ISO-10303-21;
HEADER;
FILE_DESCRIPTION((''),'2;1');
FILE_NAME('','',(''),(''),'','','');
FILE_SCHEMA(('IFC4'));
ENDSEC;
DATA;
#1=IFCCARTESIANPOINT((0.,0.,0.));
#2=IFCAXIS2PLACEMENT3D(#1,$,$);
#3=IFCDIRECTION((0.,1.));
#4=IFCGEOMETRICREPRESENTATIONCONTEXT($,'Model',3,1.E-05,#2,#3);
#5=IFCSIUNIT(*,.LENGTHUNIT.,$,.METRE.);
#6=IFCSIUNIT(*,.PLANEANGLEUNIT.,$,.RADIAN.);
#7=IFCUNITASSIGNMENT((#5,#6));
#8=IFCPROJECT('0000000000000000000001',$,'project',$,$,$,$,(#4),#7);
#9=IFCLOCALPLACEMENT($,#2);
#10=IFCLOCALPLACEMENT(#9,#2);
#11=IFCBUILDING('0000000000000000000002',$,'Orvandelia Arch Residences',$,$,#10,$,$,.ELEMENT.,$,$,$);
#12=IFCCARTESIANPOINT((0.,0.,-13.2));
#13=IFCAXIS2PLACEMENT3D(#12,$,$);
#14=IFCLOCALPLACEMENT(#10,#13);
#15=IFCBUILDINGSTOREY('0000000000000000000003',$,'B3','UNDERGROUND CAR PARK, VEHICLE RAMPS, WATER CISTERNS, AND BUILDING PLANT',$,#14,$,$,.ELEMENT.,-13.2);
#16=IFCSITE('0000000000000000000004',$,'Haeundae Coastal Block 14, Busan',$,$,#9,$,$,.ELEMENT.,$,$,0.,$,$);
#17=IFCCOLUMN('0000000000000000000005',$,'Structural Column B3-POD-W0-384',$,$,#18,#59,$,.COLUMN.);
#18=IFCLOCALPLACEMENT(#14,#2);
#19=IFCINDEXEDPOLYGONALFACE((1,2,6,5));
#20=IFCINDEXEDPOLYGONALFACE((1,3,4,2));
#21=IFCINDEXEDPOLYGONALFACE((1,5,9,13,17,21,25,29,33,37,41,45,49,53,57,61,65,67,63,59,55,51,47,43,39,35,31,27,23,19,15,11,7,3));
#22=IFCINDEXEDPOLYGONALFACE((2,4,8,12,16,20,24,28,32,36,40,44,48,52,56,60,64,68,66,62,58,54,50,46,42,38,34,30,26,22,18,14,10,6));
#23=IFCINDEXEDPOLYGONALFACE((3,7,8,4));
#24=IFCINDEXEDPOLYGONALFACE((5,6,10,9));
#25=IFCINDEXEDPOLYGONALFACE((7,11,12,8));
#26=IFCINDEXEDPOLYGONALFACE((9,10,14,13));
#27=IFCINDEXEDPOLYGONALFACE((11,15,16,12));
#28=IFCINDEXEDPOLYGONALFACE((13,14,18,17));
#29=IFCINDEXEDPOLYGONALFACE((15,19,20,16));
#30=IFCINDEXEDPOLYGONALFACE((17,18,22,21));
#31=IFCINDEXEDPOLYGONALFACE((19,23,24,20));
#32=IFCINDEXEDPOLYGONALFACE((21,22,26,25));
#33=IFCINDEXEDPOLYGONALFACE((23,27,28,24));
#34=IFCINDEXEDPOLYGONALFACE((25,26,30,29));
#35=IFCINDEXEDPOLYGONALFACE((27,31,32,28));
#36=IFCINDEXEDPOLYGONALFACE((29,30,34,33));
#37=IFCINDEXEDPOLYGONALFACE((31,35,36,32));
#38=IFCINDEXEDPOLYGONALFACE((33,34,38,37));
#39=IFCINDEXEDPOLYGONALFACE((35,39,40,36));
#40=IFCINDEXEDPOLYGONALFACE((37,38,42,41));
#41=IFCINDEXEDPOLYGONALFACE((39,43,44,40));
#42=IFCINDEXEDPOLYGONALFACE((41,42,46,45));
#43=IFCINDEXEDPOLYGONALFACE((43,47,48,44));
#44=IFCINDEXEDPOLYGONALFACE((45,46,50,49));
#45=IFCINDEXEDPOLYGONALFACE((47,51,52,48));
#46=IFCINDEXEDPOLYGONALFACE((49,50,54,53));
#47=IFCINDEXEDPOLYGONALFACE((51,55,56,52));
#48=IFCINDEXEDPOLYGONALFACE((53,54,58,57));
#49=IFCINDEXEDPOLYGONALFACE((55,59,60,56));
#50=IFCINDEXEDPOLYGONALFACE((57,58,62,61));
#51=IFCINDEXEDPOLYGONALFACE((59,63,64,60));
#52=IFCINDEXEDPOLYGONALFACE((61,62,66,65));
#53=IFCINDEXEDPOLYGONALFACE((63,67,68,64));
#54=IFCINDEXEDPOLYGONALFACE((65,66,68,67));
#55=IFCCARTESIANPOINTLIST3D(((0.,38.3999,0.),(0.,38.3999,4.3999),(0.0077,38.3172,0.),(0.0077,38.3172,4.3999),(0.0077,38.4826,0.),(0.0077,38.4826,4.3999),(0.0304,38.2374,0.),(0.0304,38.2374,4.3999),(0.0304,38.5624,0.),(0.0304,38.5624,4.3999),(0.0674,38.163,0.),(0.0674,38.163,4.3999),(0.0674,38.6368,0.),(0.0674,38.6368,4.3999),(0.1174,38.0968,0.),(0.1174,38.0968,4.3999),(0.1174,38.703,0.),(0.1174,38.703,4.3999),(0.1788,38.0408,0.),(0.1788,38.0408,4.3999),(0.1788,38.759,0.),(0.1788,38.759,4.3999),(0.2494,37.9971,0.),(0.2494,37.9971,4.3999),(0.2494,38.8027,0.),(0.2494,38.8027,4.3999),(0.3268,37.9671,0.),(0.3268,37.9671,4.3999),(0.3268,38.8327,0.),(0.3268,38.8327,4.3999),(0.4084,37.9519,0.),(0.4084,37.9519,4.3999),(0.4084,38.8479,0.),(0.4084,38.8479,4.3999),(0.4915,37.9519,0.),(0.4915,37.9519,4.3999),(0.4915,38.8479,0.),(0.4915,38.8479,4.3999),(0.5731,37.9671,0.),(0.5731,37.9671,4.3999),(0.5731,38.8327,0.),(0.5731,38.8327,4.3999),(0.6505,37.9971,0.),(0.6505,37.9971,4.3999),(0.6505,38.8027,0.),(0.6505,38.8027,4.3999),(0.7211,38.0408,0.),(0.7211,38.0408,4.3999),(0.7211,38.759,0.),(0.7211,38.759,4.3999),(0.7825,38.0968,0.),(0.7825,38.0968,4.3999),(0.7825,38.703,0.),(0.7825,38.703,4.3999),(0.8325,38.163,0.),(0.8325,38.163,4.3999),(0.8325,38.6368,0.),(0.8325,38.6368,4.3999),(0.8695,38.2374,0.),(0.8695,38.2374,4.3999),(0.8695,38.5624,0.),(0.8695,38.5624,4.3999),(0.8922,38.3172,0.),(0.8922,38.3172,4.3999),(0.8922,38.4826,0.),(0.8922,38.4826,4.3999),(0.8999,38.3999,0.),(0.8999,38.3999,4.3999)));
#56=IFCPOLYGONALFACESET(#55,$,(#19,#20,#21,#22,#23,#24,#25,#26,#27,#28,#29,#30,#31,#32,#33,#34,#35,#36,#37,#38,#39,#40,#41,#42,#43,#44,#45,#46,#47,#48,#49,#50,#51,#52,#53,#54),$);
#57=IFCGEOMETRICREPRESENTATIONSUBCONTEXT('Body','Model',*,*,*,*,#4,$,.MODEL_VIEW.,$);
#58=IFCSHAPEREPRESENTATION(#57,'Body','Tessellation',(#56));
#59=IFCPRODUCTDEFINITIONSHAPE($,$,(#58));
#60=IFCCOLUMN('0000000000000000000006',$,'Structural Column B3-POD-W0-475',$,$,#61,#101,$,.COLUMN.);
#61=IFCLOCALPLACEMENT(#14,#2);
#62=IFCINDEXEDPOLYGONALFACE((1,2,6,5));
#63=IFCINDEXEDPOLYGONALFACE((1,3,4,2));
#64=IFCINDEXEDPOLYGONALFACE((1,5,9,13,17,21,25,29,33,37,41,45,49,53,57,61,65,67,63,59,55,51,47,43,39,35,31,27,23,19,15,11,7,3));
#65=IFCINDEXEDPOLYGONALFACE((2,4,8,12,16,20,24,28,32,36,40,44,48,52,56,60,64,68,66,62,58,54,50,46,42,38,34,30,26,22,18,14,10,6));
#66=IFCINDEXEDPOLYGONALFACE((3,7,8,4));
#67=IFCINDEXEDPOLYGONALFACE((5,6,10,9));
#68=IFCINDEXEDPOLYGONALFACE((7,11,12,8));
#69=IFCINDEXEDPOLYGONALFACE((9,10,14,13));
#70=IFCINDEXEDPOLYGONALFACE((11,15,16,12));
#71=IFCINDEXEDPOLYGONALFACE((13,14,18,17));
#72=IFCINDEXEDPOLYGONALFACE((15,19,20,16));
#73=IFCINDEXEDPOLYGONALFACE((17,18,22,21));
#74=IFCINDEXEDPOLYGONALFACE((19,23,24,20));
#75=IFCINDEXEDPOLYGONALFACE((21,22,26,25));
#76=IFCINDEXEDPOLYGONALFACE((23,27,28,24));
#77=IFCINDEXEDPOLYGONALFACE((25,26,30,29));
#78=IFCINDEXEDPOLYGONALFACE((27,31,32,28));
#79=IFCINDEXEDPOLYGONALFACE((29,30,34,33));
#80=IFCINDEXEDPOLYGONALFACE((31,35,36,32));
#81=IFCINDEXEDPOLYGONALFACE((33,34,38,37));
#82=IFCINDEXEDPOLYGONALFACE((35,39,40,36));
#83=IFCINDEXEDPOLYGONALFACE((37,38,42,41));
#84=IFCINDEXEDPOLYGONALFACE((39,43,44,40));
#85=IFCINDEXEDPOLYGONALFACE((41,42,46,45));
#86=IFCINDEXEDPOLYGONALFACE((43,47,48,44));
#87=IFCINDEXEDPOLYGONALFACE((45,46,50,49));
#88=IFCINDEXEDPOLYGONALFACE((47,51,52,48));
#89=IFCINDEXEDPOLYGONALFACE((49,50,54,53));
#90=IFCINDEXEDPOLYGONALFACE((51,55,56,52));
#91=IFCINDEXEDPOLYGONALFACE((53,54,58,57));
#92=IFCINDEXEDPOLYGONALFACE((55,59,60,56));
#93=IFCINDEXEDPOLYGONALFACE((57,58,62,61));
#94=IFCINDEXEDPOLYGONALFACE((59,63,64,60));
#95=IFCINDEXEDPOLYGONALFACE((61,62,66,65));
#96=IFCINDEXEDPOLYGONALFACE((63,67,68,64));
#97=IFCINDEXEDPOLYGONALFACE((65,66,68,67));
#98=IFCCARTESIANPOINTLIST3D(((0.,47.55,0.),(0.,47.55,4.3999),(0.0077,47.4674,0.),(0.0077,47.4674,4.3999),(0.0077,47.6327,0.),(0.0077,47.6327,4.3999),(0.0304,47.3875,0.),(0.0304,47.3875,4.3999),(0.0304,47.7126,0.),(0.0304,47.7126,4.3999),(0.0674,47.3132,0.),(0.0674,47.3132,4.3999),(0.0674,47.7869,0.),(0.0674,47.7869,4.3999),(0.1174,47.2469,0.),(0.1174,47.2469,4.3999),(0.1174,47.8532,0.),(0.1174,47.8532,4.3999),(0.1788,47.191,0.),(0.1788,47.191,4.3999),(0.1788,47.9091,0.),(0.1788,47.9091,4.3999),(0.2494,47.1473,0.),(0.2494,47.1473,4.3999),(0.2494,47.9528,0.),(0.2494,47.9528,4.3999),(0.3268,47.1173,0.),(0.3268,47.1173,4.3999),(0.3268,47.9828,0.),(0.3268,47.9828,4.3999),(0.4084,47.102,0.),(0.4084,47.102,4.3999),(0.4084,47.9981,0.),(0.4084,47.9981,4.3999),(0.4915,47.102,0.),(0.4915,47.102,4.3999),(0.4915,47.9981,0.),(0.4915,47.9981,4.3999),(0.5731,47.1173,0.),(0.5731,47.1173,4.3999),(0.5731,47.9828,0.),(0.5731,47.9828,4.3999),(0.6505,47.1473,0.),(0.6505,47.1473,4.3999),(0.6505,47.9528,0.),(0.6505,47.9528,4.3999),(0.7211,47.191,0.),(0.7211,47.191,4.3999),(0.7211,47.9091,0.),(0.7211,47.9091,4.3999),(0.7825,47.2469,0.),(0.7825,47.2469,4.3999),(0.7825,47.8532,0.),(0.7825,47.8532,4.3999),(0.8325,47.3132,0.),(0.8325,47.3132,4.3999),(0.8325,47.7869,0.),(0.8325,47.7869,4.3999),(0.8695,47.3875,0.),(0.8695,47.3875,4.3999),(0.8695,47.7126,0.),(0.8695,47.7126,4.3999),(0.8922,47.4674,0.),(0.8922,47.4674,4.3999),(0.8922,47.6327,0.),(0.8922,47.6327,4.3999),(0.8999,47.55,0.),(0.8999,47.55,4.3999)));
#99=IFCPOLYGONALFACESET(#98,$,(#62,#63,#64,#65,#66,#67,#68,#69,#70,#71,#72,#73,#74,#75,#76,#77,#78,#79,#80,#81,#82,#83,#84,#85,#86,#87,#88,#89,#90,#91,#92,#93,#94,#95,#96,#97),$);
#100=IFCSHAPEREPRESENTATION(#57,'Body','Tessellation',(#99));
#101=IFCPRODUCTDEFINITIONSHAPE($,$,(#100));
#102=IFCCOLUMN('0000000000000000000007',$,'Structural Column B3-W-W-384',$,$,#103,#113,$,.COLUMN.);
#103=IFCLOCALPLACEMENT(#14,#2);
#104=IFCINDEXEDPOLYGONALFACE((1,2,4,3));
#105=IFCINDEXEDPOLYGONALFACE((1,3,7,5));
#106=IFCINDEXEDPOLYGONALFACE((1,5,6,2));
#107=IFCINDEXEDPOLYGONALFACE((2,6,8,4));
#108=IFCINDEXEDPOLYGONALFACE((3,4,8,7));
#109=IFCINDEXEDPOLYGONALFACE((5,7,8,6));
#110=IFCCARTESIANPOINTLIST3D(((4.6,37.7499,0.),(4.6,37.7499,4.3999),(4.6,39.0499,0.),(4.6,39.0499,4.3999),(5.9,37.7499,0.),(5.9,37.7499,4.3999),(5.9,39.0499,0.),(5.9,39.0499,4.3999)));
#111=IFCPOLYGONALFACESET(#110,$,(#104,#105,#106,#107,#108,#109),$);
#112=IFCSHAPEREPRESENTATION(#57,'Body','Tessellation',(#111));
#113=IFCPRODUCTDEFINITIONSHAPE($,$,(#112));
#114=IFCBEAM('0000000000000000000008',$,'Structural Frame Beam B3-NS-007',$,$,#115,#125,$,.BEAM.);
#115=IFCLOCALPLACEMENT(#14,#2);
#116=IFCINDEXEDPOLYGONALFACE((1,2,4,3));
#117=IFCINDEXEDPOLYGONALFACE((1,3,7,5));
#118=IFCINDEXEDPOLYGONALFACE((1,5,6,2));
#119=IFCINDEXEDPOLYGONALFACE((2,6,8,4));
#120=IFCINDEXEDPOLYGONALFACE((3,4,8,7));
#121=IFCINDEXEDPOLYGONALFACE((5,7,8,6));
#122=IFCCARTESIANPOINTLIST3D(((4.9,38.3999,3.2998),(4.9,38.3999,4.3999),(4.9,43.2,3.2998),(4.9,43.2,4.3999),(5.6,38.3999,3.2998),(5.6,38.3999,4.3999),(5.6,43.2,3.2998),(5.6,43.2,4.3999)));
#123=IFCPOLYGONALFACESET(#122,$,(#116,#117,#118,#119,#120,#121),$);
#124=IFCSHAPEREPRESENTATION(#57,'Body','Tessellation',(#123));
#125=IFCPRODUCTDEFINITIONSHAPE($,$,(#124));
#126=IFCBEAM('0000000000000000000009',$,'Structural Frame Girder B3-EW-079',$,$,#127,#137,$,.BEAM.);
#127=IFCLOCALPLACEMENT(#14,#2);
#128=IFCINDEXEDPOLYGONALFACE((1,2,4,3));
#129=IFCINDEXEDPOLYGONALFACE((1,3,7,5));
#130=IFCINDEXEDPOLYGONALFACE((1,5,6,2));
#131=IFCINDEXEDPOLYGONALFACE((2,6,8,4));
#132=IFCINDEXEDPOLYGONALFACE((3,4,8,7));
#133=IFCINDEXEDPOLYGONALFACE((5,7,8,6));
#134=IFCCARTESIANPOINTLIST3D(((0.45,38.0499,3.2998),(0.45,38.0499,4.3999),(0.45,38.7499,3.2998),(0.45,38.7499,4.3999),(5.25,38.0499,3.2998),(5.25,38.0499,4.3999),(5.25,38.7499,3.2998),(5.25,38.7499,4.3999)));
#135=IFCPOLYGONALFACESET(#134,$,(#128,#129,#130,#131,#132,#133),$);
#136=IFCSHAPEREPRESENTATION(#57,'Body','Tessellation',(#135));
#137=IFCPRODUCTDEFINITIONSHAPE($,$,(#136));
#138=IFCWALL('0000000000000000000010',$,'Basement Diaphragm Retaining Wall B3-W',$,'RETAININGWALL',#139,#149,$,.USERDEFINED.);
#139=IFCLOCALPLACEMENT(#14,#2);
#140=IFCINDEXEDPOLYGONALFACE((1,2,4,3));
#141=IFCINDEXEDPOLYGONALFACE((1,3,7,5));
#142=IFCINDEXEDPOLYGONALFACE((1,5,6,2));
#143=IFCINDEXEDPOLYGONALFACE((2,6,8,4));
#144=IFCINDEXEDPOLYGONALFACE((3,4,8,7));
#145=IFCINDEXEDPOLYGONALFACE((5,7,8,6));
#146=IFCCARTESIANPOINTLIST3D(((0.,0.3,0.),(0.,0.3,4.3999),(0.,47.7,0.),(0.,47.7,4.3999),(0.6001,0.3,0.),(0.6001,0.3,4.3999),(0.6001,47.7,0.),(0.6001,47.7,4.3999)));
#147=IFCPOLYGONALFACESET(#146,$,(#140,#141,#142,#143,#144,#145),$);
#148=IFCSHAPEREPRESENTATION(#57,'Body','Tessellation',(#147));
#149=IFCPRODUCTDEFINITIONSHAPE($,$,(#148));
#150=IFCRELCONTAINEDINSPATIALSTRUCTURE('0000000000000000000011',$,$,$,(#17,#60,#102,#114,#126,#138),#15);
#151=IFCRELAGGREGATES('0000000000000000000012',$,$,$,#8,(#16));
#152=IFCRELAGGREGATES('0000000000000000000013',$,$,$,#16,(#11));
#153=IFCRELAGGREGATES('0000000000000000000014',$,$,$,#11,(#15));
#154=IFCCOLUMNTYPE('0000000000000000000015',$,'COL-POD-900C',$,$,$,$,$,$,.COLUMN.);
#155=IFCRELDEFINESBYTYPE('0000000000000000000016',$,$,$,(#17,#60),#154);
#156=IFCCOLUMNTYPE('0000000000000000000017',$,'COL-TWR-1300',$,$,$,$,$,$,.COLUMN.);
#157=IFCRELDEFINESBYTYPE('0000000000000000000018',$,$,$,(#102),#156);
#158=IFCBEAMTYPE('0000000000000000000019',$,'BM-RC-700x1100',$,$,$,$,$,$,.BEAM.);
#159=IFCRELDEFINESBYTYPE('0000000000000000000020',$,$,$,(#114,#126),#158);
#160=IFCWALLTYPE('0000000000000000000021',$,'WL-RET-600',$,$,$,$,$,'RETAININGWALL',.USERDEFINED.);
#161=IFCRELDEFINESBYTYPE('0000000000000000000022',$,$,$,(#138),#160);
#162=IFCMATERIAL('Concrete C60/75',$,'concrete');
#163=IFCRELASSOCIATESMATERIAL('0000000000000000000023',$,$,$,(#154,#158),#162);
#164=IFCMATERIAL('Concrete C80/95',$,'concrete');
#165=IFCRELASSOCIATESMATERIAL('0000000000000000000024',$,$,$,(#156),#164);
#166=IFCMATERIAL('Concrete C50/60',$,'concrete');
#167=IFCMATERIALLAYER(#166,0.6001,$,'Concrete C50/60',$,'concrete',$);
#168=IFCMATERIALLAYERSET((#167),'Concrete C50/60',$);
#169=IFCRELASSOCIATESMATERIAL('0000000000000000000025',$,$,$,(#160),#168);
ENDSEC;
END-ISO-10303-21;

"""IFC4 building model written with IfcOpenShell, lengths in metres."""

from ifc_helpers import new_model, si_unit, direction, frame, frame_2d, origin, origin_2d, place, context, subcontext, project, spatial, rectangle, circle, extrude, material, layer, layer_set, material_profile, profile_set, type_object, element, save


model = new_model("IFC4")

# Units and contexts
model_context = context("Model", 3, precision=1e-05, world=origin(), true_north=direction((0.0, 1.0)))
body_context = subcontext(model_context, "Body", "Model", "MODEL_VIEW")
ifc_project = project(units=[si_unit("LENGTHUNIT", "METRE"), si_unit("PLANEANGLEUNIT", "RADIAN")], contexts=[model_context])

# Site, building, storey
site_placement = place(None, origin())
site = spatial("IfcSite", under=ifc_project, at=site_placement, Name="Haeundae Coastal Block 14, Busan", CompositionType="ELEMENT", RefElevation=0.0)
building_placement = place(site_placement, origin())
building = spatial("IfcBuilding", under=site, at=building_placement, Name="Orvandelia Arch Residences", CompositionType="ELEMENT")
storey_placement = place(building_placement, frame((0.0, 0.0, -13.2)))
storey = spatial("IfcBuildingStorey", under=building, at=storey_placement, Name="B3", Description="UNDERGROUND CAR PARK, VEHICLE RAMPS, WATER CISTERNS, AND BUILDING PLANT", CompositionType="ELEMENT", Elevation=-13.2)

# Shared definitions
ifc_material_1 = material(Name="Concrete C50/60", Category="concrete")

# Columns
ifc_material_2 = material(Name="Concrete C60/75", Category="concrete")
ifc_material_profile_1 = material_profile(ifc_material_2, circle(Radius=0.45, at=origin_2d()), Name="Concrete C60/75", Category="concrete")
ifc_profile_set_1 = profile_set([ifc_material_profile_1], Name="Concrete C60/75")
column_type_1 = type_object("IfcColumnType", Name="COL-POD-900C", PredefinedType="COLUMN", material=ifc_profile_set_1)
for number, where, z_axis, x_axis, name in (
    (1, (0.45, 38.3999, 0.0), (0.0, 0.0, 1.0), (1.0, 0.0, 0.0), "Structural Column B3-POD-W0-384"),
    (2, (0.45, 47.55, 0.0), (0.0, 0.0, 1.0), (1.0, 0.0, 0.0), "Structural Column B3-POD-W0-475"),
):
    element("IfcColumn", number, at=place(storey_placement, frame(where, z_axis=z_axis, x_axis=x_axis)), inside=storey, type_object=column_type_1, Name=name, PredefinedType="COLUMN", context=body_context, shape_type="SweptSolid", body=[
        extrude(circle(Radius=0.45, at=origin_2d()), origin(), (0.0, 0.0, 1.0), 4.3999),
    ])
ifc_material_3 = material(Name="Concrete C80/95", Category="concrete")
ifc_material_profile_2 = material_profile(ifc_material_3, rectangle(XDim=1.3, YDim=1.3, at=origin_2d()), Name="Concrete C80/95", Category="concrete")
ifc_profile_set_2 = profile_set([ifc_material_profile_2], Name="Concrete C80/95")
column_type_2 = type_object("IfcColumnType", Name="COL-TWR-1300", PredefinedType="COLUMN", material=ifc_profile_set_2)
column_placement = place(storey_placement, frame((5.25, 38.3999, 0.0), z_axis=(0.0, 0.0, 1.0), x_axis=(1.0, 0.0, 0.0)))
element("IfcColumn", 3, at=column_placement, inside=storey, type_object=column_type_2, Name="Structural Column B3-W-W-384", PredefinedType="COLUMN", context=body_context, shape_type="SweptSolid", body=[
    extrude(rectangle(XDim=1.3, YDim=1.3, at=origin_2d()), origin(), (0.0, 0.0, 1.0), 4.3999),
])

# Beams
ifc_material_profile_3 = material_profile(ifc_material_2, rectangle(XDim=0.7, YDim=1.1001, at=origin_2d()), Name="Concrete C60/75", Category="concrete")
ifc_profile_set_3 = profile_set([ifc_material_profile_3], Name="Concrete C60/75")
beam_type = type_object("IfcBeamType", Name="BM-RC-700x1100", PredefinedType="BEAM", material=ifc_profile_set_3)
for number, where, z_axis, x_axis, name in (
    (4, (5.25, 38.3999, 3.8499), (0.0, 1.0, 0.0), (-1.0, 0.0, 0.0), "Structural Frame Beam B3-NS-007"),
    (5, (0.45, 38.3999, 3.8499), (1.0, 0.0, 0.0), (0.0, 1.0, 0.0), "Structural Frame Girder B3-EW-079"),
):
    element("IfcBeam", number, at=place(storey_placement, frame(where, z_axis=z_axis, x_axis=x_axis)), inside=storey, type_object=beam_type, Name=name, PredefinedType="BEAM", context=body_context, shape_type="SweptSolid", body=[
        extrude(rectangle(XDim=0.7, YDim=1.1001, at=origin_2d()), origin(), (0.0, 0.0, 1.0), 4.8),
    ])

# Wall
ifc_layer = layer(ifc_material_1, 0.6001, Name="Concrete C50/60", Category="concrete")
ifc_layer_set = layer_set([ifc_layer], Name="Concrete C50/60")
wall_type = type_object("IfcWallType", Name="WL-RET-600", ElementType="RETAININGWALL", PredefinedType="USERDEFINED", material=ifc_layer_set)
wall_placement = place(storey_placement, frame((0.3, 47.7, 0.0), z_axis=(0.0, 0.0, 1.0), x_axis=(0.0, -1.0, 0.0)))
element("IfcWall", 6, at=wall_placement, inside=storey, type_object=wall_type, Name="Basement Diaphragm Retaining Wall B3-W", ObjectType="RETAININGWALL", PredefinedType="USERDEFINED", context=body_context, shape_type="SweptSolid", body=[
    extrude(rectangle(XDim=47.3999, YDim=0.6001, at=frame_2d((23.7, 0.0))), origin(), (0.0, 0.0, 1.0), 4.3999),
])

save(model, "model.ifc")
